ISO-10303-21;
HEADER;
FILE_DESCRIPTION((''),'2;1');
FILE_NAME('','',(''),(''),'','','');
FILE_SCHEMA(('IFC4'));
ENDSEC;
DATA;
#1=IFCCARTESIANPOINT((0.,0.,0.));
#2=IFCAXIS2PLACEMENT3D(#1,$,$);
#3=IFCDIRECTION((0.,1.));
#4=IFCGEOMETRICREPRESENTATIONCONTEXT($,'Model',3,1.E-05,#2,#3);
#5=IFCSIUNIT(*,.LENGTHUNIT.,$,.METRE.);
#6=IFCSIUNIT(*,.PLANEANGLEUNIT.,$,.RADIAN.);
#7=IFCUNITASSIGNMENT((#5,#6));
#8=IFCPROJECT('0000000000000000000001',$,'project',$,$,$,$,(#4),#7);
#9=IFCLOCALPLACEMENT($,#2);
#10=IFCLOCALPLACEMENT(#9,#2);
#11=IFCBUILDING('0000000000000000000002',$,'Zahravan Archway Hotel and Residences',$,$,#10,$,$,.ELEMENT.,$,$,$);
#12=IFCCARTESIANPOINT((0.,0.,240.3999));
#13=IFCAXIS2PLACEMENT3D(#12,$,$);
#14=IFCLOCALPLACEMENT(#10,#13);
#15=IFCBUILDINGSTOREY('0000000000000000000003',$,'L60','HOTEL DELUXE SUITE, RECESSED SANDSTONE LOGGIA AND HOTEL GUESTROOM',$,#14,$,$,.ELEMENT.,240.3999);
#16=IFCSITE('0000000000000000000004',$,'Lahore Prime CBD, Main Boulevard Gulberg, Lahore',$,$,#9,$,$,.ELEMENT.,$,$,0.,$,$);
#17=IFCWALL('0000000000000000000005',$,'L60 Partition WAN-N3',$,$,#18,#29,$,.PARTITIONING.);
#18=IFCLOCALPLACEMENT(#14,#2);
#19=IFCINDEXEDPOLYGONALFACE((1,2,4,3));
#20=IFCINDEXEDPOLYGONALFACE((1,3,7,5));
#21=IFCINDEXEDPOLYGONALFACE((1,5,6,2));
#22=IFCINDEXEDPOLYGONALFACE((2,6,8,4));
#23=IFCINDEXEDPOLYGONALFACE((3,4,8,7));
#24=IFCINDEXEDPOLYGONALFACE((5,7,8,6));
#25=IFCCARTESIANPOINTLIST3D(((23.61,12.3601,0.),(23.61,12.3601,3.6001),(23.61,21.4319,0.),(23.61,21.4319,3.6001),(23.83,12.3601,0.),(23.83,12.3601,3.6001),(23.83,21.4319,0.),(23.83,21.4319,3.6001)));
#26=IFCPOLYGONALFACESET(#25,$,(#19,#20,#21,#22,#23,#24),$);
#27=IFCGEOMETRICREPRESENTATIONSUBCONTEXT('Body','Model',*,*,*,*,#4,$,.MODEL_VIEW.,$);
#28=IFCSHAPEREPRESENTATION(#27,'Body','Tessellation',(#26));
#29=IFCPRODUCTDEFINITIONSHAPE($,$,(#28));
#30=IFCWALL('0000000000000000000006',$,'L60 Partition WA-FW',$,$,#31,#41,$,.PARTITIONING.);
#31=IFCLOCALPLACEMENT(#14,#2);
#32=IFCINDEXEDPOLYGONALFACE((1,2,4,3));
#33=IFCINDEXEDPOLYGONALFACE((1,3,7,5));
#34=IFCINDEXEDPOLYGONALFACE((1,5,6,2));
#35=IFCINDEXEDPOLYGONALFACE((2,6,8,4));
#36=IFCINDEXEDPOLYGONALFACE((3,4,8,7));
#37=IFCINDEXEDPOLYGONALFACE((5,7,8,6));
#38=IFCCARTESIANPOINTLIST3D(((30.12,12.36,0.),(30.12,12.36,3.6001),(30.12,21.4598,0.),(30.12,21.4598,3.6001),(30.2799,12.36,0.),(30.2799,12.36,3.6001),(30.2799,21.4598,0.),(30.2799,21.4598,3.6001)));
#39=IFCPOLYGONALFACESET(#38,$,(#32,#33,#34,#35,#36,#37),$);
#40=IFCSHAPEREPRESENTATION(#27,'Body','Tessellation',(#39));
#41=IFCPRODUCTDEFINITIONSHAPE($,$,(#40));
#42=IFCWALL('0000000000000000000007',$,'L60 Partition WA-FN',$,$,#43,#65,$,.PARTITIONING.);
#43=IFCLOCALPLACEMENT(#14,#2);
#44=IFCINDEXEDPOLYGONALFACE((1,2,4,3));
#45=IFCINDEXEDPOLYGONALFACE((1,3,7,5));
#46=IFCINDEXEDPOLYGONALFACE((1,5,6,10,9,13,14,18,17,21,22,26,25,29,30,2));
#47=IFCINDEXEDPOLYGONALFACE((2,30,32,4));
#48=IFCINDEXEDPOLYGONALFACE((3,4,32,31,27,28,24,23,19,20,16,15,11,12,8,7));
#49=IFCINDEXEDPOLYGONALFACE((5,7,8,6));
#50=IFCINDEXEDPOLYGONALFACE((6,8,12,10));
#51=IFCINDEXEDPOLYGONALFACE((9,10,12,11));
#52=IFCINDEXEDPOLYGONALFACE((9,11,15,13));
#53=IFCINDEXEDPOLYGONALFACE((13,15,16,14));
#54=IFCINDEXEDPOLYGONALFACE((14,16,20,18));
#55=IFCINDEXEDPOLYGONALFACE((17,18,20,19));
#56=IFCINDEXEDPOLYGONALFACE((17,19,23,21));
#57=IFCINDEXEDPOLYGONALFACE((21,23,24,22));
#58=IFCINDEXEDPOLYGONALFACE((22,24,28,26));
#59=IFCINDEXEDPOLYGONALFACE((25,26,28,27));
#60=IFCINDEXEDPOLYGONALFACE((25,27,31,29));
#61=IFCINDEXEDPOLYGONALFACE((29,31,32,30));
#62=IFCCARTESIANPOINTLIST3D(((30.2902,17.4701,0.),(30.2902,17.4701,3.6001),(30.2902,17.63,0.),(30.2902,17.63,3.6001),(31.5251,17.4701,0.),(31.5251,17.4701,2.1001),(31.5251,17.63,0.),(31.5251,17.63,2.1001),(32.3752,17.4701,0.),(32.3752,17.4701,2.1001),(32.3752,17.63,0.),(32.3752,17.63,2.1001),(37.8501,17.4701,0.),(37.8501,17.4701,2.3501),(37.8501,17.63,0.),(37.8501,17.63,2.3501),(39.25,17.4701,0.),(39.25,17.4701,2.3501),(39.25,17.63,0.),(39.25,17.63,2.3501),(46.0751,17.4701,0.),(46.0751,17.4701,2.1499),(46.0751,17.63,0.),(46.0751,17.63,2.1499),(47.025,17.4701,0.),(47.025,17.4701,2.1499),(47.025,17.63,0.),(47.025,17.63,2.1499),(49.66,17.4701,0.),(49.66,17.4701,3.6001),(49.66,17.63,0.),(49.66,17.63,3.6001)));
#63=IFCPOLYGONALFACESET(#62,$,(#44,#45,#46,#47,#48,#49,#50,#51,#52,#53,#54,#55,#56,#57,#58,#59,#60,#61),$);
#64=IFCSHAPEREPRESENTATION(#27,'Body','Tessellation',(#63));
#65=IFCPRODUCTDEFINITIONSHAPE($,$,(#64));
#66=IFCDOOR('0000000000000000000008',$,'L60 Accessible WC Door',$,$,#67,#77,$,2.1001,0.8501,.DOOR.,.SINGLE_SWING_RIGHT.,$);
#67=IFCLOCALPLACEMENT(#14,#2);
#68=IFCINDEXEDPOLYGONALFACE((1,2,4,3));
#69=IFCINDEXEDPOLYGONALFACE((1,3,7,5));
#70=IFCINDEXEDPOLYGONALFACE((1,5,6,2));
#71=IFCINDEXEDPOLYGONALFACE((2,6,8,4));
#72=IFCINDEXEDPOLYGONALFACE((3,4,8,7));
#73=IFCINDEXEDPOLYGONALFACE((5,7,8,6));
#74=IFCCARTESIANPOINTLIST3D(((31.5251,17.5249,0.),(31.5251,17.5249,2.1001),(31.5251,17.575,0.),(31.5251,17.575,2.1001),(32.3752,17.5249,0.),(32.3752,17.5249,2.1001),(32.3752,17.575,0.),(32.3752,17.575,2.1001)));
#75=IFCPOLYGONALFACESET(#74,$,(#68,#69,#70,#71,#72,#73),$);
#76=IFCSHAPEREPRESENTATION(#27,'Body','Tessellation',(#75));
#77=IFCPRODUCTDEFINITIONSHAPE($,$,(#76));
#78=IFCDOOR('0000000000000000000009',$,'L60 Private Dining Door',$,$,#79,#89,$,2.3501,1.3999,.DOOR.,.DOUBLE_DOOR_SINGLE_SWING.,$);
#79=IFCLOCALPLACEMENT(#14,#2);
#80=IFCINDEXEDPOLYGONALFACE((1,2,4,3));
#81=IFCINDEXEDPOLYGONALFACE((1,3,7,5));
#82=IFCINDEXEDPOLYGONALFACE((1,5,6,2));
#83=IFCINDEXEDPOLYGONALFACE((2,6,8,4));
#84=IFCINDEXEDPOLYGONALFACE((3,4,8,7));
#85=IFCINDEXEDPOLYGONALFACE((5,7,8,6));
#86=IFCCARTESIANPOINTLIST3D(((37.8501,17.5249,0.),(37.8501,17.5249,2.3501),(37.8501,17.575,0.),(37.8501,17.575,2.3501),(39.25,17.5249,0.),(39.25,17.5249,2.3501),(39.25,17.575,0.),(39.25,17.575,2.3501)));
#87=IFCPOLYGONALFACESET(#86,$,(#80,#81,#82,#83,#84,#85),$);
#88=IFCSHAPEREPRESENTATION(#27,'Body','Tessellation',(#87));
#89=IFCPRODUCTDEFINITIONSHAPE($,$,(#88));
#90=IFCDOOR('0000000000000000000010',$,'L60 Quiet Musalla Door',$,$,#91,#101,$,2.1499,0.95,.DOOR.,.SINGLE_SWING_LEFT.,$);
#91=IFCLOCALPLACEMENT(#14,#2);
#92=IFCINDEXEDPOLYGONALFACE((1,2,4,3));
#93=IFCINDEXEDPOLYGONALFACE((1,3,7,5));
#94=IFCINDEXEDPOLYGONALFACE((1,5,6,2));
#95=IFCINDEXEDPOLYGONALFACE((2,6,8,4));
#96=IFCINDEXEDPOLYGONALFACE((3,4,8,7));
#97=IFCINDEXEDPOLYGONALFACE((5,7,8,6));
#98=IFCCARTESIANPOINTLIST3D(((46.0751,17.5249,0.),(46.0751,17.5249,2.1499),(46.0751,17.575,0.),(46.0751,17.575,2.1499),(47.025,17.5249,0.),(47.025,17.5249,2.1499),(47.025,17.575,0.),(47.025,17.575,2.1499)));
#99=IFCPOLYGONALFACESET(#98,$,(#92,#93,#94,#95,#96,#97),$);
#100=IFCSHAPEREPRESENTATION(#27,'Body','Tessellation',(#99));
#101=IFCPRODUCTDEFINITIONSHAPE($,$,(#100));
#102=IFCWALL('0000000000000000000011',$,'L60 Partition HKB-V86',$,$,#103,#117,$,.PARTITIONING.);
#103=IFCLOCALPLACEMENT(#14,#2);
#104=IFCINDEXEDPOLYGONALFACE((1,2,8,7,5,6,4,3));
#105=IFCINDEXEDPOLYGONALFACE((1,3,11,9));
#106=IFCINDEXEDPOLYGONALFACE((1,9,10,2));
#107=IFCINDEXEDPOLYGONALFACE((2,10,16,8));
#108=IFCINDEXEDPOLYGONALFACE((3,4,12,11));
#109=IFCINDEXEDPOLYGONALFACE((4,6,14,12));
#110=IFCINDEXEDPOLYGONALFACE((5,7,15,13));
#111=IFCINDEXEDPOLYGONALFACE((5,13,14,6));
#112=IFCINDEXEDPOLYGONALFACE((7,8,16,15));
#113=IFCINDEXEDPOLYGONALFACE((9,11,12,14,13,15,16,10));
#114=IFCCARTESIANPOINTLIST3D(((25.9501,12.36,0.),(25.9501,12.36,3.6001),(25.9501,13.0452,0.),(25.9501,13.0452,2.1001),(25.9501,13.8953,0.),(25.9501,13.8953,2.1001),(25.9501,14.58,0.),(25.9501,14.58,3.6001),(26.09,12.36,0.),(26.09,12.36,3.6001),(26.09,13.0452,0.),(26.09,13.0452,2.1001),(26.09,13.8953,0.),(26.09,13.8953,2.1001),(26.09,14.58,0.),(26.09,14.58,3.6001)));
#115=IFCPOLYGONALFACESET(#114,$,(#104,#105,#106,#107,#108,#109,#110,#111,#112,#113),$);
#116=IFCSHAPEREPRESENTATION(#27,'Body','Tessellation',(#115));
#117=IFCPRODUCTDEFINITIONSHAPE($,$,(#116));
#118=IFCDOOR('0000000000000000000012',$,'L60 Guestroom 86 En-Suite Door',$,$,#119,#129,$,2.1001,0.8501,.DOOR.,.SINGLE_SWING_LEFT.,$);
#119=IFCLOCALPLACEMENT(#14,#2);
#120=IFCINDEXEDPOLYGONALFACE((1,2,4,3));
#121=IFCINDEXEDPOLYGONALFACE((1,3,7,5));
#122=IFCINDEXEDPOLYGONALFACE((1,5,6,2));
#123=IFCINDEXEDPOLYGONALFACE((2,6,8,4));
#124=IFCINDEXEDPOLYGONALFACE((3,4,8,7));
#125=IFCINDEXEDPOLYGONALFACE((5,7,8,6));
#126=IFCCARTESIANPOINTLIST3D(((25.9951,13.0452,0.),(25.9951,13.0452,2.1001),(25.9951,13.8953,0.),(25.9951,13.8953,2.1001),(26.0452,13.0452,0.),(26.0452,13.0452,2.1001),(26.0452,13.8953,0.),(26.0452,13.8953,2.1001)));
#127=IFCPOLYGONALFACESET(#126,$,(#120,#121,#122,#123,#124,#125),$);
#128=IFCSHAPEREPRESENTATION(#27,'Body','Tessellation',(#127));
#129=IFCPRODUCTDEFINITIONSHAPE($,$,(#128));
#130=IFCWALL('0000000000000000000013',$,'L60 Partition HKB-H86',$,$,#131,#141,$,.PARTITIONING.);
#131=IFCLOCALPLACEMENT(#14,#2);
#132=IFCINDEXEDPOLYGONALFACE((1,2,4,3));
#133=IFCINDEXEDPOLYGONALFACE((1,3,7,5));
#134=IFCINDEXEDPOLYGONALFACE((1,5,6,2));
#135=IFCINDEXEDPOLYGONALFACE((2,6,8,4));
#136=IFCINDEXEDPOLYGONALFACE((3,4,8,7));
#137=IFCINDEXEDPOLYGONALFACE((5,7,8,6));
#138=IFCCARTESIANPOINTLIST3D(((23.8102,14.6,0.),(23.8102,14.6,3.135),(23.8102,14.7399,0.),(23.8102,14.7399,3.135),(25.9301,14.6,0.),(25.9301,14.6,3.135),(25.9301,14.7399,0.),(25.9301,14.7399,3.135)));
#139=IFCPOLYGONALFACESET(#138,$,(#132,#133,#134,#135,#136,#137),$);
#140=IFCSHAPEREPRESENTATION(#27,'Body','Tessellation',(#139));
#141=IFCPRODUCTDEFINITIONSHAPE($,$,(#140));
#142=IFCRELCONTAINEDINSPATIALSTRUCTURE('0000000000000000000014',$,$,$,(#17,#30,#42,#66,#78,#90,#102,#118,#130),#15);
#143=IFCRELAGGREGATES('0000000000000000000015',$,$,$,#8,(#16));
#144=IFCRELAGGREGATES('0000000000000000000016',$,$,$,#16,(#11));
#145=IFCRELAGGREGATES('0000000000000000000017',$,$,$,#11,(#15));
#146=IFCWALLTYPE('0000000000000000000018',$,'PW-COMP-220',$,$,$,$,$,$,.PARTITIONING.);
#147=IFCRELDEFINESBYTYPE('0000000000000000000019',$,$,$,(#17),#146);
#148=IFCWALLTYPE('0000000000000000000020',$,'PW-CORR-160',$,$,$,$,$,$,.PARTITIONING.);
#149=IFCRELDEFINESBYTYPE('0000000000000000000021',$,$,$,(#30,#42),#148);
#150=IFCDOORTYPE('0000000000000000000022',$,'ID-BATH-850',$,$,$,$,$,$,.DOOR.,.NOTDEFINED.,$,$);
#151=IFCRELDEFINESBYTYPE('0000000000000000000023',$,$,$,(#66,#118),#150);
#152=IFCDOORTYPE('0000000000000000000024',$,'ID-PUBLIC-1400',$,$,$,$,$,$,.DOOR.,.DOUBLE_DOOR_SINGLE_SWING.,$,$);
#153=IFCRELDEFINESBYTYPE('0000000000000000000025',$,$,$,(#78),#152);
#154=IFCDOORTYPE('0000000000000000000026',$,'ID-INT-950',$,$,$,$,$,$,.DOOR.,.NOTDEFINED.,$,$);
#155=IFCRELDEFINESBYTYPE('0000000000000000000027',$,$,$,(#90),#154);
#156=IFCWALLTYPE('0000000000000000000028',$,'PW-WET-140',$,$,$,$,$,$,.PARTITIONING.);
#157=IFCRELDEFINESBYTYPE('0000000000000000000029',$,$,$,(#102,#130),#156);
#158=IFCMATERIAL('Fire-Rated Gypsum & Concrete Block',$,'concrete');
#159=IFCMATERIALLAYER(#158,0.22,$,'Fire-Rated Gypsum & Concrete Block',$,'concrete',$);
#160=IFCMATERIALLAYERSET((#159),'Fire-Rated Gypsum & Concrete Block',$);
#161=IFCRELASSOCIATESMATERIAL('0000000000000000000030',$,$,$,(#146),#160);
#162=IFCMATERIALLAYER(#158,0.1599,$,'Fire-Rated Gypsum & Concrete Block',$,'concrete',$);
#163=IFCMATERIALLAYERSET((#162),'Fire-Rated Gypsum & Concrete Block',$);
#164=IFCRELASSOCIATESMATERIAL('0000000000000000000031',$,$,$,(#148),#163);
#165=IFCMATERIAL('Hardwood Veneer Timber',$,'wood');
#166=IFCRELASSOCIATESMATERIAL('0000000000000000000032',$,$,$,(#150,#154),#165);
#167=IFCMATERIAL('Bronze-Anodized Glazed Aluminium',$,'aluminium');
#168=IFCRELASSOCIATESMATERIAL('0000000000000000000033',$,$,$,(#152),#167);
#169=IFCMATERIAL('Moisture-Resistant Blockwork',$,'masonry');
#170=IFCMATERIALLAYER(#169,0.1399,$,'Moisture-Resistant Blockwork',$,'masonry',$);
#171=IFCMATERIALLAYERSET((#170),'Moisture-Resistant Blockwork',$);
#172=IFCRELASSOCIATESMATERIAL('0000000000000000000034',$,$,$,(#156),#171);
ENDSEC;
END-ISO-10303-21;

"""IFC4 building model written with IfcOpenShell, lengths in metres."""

from ifc_helpers import new_model, si_unit, direction, frame, frame_2d, origin, place, context, subcontext, project, spatial, rectangle, extrude, source, transform, mapped, material, layer, layer_set, type_object, type_shapes, element, fill, save


model = new_model("IFC4")

# Units and contexts
model_context = context("Model", 3, precision=1e-05, world=origin(), true_north=direction((0.0, 1.0)))
body_context = subcontext(model_context, "Body", "Model", "MODEL_VIEW")
ifc_project = project(units=[si_unit("LENGTHUNIT", "METRE"), si_unit("PLANEANGLEUNIT", "RADIAN")], contexts=[model_context])

# Site, building, storey
site_placement = place(None, origin())
site = spatial("IfcSite", under=ifc_project, at=site_placement, Name="Lahore Prime CBD, Main Boulevard Gulberg, Lahore", CompositionType="ELEMENT", RefElevation=0.0)
building_placement = place(site_placement, origin())
building = spatial("IfcBuilding", under=site, at=building_placement, Name="Zahravan Archway Hotel and Residences", CompositionType="ELEMENT")
storey_placement = place(building_placement, frame((0.0, 0.0, 240.3999)))
storey = spatial("IfcBuildingStorey", under=building, at=storey_placement, Name="L60", Description="HOTEL DELUXE SUITE, RECESSED SANDSTONE LOGGIA AND HOTEL GUESTROOM", CompositionType="ELEMENT", Elevation=240.3999)

# Walls
ifc_material_1 = material(Name="Fire-Rated Gypsum & Concrete Block", Category="concrete")
ifc_layer_1 = layer(ifc_material_1, 0.22, Name="Fire-Rated Gypsum & Concrete Block", Category="concrete")
ifc_layer_set_1 = layer_set([ifc_layer_1], Name="Fire-Rated Gypsum & Concrete Block")
wall_type_1 = type_object("IfcWallType", Name="PW-COMP-220", PredefinedType="PARTITIONING", material=ifc_layer_set_1)
wall_1_placement = place(storey_placement, frame((23.72, 12.3601, 0.0), z_axis=(0.0, 0.0, 1.0), x_axis=(0.0, 1.0, 0.0)))
element("IfcWall", 1, at=wall_1_placement, inside=storey, type_object=wall_type_1, Name="L60 Partition WAN-N3", PredefinedType="PARTITIONING", context=body_context, shape_type="SweptSolid", body=[
    extrude(rectangle(XDim=9.0718, YDim=0.22, at=frame_2d((4.5359, 0.0))), origin(), (0.0, 0.0, 1.0), 3.6001),
])
ifc_layer_2 = layer(ifc_material_1, 0.1599, Name="Fire-Rated Gypsum & Concrete Block", Category="concrete")
ifc_layer_set_2 = layer_set([ifc_layer_2], Name="Fire-Rated Gypsum & Concrete Block")
wall_type_2 = type_object("IfcWallType", Name="PW-CORR-160", PredefinedType="PARTITIONING", material=ifc_layer_set_2)
wall_2_placement = place(storey_placement, frame((30.2, 12.3601, 0.0), z_axis=(0.0, 0.0, 1.0), x_axis=(0.0, 1.0, 0.0)))
element("IfcWall", 2, at=wall_2_placement, inside=storey, type_object=wall_type_2, Name="L60 Partition WA-FW", PredefinedType="PARTITIONING", context=body_context, shape_type="SweptSolid", body=[
    extrude(rectangle(XDim=9.0999, YDim=0.1599, at=frame_2d((4.5498, 0.0))), origin(), (0.0, 0.0, 1.0), 3.6001),
])

# Wall, openings, doors
wall_3_placement = place(storey_placement, frame((30.29, 17.55, 0.0), z_axis=(0.0, 0.0, 1.0), x_axis=(1.0, 0.0, 0.0)))
wall_3 = element("IfcWall", 3, at=wall_3_placement, inside=storey, type_object=wall_type_2, Name="L60 Partition WA-FN", PredefinedType="PARTITIONING", context=body_context, shape_type="SweptSolid", body=[
    extrude(rectangle(XDim=19.3699, YDim=0.1599, at=frame_2d((9.6851, 0.0))), origin(), (0.0, 0.0, 1.0), 3.6001),
])
opening_1_placement = place(wall_3_placement, frame((1.2351, 0.0, 0.0)))
opening_1 = element("IfcOpeningElement", 4, at=opening_1_placement, cuts=wall_3, PredefinedType="OPENING", context=body_context, shape_type="SweptSolid", body=[
    extrude(rectangle(XDim=0.8501, YDim=2.1001, at=frame_2d((0.425, 1.05))), frame((0.0, 0.0898, 0.0), z_axis=(0.0, -1.0, 0.0), x_axis=(1.0, 0.0, 0.0)), (0.0, 0.0, 1.0), 0.1799),
])
opening_2_placement = place(wall_3_placement, frame((7.5601, 0.0, 0.0)))
opening_2 = element("IfcOpeningElement", 5, at=opening_2_placement, cuts=wall_3, PredefinedType="OPENING", context=body_context, shape_type="SweptSolid", body=[
    extrude(rectangle(XDim=1.3999, YDim=2.3501, at=frame_2d((0.7, 1.175))), frame((0.0, 0.0898, 0.0), z_axis=(0.0, -1.0, 0.0), x_axis=(1.0, 0.0, 0.0)), (0.0, 0.0, 1.0), 0.1799),
])
opening_3_placement = place(wall_3_placement, frame((15.7849, 0.0, 0.0)))
opening_3 = element("IfcOpeningElement", 6, at=opening_3_placement, cuts=wall_3, PredefinedType="OPENING", context=body_context, shape_type="SweptSolid", body=[
    extrude(rectangle(XDim=0.95, YDim=2.1499, at=frame_2d((0.4751, 1.075))), frame((0.0, 0.0898, 0.0), z_axis=(0.0, -1.0, 0.0), x_axis=(1.0, 0.0, 0.0)), (0.0, 0.0, 1.0), 0.1799),
])
ifc_material_2 = material(Name="Hardwood Veneer Timber", Category="wood")
door_type_1 = type_object("IfcDoorType", Name="ID-BATH-850", OperationType="NOTDEFINED", PredefinedType="DOOR", material=ifc_material_2)
shared_shape_1 = source(origin(), body_context, "Body", "SweptSolid", [
    extrude(rectangle(XDim=0.8501, YDim=2.1001, at=frame_2d((0.425, 1.05))), frame((0.0, 0.0249, 0.0), z_axis=(0.0, -1.0, 0.0), x_axis=(1.0, 0.0, 0.0)), (0.0, 0.0, 1.0), 0.05),
])
type_shapes(door_type_1, [shared_shape_1])
door_1_placement = place(opening_1_placement, origin())
door_1 = element("IfcDoor", 7, at=door_1_placement, inside=storey, type_object=door_type_1, Name="L60 Accessible WC Door", OperationType="SINGLE_SWING_RIGHT", OverallHeight=2.1001, OverallWidth=0.8501, PredefinedType="DOOR", context=body_context, shape_type="MappedRepresentation", body=[
    mapped(shared_shape_1, transform((0.0, 0.0, 0.0), scale=1.0)),
])
fill(opening_1, door_1)
ifc_material_3 = material(Name="Bronze-Anodized Glazed Aluminium", Category="aluminium")
door_type_2 = type_object("IfcDoorType", Name="ID-PUBLIC-1400", OperationType="DOUBLE_DOOR_SINGLE_SWING", PredefinedType="DOOR", material=ifc_material_3)
shared_shape_2 = source(origin(), body_context, "Body", "SweptSolid", [
    extrude(rectangle(XDim=1.3999, YDim=2.3501, at=frame_2d((0.7, 1.175))), frame((0.0, 0.0249, 0.0), z_axis=(0.0, -1.0, 0.0), x_axis=(1.0, 0.0, 0.0)), (0.0, 0.0, 1.0), 0.05),
])
type_shapes(door_type_2, [shared_shape_2])
door_2_placement = place(opening_2_placement, origin())
door_2 = element("IfcDoor", 8, at=door_2_placement, inside=storey, type_object=door_type_2, Name="L60 Private Dining Door", OperationType="DOUBLE_DOOR_SINGLE_SWING", OverallHeight=2.3501, OverallWidth=1.3999, PredefinedType="DOOR", context=body_context, shape_type="MappedRepresentation", body=[
    mapped(shared_shape_2, transform((0.0, 0.0, 0.0), scale=1.0)),
])
fill(opening_2, door_2)
door_type_3 = type_object("IfcDoorType", Name="ID-INT-950", OperationType="NOTDEFINED", PredefinedType="DOOR", material=ifc_material_2)
shared_shape_3 = source(origin(), body_context, "Body", "SweptSolid", [
    extrude(rectangle(XDim=0.95, YDim=2.1499, at=frame_2d((0.4751, 1.075))), frame((0.0, 0.0249, 0.0), z_axis=(0.0, -1.0, 0.0), x_axis=(1.0, 0.0, 0.0)), (0.0, 0.0, 1.0), 0.05),
])
type_shapes(door_type_3, [shared_shape_3])
door_3_placement = place(opening_3_placement, origin())
door_3 = element("IfcDoor", 9, at=door_3_placement, inside=storey, type_object=door_type_3, Name="L60 Quiet Musalla Door", OperationType="SINGLE_SWING_LEFT", OverallHeight=2.1499, OverallWidth=0.95, PredefinedType="DOOR", context=body_context, shape_type="MappedRepresentation", body=[
    mapped(shared_shape_3, transform((0.0, 0.0, 0.0), scale=1.0)),
])
fill(opening_3, door_3)

# Wall, opening, door
ifc_material_4 = material(Name="Moisture-Resistant Blockwork", Category="masonry")
ifc_layer_3 = layer(ifc_material_4, 0.1399, Name="Moisture-Resistant Blockwork", Category="masonry")
ifc_layer_set_3 = layer_set([ifc_layer_3], Name="Moisture-Resistant Blockwork")
wall_type_3 = type_object("IfcWallType", Name="PW-WET-140", PredefinedType="PARTITIONING", material=ifc_layer_set_3)
wall_4_placement = place(storey_placement, frame((26.02, 12.3601, 0.0), z_axis=(0.0, 0.0, 1.0), x_axis=(0.0, 1.0, 0.0)))
wall_4 = element("IfcWall", 10, at=wall_4_placement, inside=storey, type_object=wall_type_3, Name="L60 Partition HKB-V86", PredefinedType="PARTITIONING", context=body_context, shape_type="SweptSolid", body=[
    extrude(rectangle(XDim=2.22, YDim=0.1399, at=frame_2d((1.1099, 0.0))), origin(), (0.0, 0.0, 1.0), 3.6001),
])
opening_4_placement = place(wall_4_placement, frame((0.6851, 0.0, 0.0)))
opening_4 = element("IfcOpeningElement", 11, at=opening_4_placement, cuts=wall_4, PredefinedType="OPENING", context=body_context, shape_type="SweptSolid", body=[
    extrude(rectangle(XDim=0.8501, YDim=2.1001, at=frame_2d((0.425, 1.05))), frame((0.0, 0.0801, 0.0), z_axis=(0.0, -1.0, 0.0), x_axis=(1.0, 0.0, 0.0)), (0.0, 0.0, 1.0), 0.1599),
])
door_4_placement = place(opening_4_placement, origin())
door_4 = element("IfcDoor", 12, at=door_4_placement, inside=storey, type_object=door_type_1, Name="L60 Guestroom 86 En-Suite Door", OperationType="SINGLE_SWING_LEFT", OverallHeight=2.1001, OverallWidth=0.8501, PredefinedType="DOOR", context=body_context, shape_type="MappedRepresentation", body=[
    mapped(shared_shape_1, transform((0.0, 0.0, 0.0), scale=1.0)),
])
fill(opening_4, door_4)

# Wall
wall_5_placement = place(storey_placement, frame((23.8101, 14.6699, 0.0), z_axis=(0.0, 0.0, 1.0), x_axis=(1.0, 0.0, 0.0)))
element("IfcWall", 13, at=wall_5_placement, inside=storey, type_object=wall_type_3, Name="L60 Partition HKB-H86", PredefinedType="PARTITIONING", context=body_context, shape_type="SweptSolid", body=[
    extrude(rectangle(XDim=2.1199, YDim=0.1399, at=frame_2d((1.0601, 0.0))), origin(), (0.0, 0.0, 1.0), 3.135),
])

save(model, "model.ifc")
